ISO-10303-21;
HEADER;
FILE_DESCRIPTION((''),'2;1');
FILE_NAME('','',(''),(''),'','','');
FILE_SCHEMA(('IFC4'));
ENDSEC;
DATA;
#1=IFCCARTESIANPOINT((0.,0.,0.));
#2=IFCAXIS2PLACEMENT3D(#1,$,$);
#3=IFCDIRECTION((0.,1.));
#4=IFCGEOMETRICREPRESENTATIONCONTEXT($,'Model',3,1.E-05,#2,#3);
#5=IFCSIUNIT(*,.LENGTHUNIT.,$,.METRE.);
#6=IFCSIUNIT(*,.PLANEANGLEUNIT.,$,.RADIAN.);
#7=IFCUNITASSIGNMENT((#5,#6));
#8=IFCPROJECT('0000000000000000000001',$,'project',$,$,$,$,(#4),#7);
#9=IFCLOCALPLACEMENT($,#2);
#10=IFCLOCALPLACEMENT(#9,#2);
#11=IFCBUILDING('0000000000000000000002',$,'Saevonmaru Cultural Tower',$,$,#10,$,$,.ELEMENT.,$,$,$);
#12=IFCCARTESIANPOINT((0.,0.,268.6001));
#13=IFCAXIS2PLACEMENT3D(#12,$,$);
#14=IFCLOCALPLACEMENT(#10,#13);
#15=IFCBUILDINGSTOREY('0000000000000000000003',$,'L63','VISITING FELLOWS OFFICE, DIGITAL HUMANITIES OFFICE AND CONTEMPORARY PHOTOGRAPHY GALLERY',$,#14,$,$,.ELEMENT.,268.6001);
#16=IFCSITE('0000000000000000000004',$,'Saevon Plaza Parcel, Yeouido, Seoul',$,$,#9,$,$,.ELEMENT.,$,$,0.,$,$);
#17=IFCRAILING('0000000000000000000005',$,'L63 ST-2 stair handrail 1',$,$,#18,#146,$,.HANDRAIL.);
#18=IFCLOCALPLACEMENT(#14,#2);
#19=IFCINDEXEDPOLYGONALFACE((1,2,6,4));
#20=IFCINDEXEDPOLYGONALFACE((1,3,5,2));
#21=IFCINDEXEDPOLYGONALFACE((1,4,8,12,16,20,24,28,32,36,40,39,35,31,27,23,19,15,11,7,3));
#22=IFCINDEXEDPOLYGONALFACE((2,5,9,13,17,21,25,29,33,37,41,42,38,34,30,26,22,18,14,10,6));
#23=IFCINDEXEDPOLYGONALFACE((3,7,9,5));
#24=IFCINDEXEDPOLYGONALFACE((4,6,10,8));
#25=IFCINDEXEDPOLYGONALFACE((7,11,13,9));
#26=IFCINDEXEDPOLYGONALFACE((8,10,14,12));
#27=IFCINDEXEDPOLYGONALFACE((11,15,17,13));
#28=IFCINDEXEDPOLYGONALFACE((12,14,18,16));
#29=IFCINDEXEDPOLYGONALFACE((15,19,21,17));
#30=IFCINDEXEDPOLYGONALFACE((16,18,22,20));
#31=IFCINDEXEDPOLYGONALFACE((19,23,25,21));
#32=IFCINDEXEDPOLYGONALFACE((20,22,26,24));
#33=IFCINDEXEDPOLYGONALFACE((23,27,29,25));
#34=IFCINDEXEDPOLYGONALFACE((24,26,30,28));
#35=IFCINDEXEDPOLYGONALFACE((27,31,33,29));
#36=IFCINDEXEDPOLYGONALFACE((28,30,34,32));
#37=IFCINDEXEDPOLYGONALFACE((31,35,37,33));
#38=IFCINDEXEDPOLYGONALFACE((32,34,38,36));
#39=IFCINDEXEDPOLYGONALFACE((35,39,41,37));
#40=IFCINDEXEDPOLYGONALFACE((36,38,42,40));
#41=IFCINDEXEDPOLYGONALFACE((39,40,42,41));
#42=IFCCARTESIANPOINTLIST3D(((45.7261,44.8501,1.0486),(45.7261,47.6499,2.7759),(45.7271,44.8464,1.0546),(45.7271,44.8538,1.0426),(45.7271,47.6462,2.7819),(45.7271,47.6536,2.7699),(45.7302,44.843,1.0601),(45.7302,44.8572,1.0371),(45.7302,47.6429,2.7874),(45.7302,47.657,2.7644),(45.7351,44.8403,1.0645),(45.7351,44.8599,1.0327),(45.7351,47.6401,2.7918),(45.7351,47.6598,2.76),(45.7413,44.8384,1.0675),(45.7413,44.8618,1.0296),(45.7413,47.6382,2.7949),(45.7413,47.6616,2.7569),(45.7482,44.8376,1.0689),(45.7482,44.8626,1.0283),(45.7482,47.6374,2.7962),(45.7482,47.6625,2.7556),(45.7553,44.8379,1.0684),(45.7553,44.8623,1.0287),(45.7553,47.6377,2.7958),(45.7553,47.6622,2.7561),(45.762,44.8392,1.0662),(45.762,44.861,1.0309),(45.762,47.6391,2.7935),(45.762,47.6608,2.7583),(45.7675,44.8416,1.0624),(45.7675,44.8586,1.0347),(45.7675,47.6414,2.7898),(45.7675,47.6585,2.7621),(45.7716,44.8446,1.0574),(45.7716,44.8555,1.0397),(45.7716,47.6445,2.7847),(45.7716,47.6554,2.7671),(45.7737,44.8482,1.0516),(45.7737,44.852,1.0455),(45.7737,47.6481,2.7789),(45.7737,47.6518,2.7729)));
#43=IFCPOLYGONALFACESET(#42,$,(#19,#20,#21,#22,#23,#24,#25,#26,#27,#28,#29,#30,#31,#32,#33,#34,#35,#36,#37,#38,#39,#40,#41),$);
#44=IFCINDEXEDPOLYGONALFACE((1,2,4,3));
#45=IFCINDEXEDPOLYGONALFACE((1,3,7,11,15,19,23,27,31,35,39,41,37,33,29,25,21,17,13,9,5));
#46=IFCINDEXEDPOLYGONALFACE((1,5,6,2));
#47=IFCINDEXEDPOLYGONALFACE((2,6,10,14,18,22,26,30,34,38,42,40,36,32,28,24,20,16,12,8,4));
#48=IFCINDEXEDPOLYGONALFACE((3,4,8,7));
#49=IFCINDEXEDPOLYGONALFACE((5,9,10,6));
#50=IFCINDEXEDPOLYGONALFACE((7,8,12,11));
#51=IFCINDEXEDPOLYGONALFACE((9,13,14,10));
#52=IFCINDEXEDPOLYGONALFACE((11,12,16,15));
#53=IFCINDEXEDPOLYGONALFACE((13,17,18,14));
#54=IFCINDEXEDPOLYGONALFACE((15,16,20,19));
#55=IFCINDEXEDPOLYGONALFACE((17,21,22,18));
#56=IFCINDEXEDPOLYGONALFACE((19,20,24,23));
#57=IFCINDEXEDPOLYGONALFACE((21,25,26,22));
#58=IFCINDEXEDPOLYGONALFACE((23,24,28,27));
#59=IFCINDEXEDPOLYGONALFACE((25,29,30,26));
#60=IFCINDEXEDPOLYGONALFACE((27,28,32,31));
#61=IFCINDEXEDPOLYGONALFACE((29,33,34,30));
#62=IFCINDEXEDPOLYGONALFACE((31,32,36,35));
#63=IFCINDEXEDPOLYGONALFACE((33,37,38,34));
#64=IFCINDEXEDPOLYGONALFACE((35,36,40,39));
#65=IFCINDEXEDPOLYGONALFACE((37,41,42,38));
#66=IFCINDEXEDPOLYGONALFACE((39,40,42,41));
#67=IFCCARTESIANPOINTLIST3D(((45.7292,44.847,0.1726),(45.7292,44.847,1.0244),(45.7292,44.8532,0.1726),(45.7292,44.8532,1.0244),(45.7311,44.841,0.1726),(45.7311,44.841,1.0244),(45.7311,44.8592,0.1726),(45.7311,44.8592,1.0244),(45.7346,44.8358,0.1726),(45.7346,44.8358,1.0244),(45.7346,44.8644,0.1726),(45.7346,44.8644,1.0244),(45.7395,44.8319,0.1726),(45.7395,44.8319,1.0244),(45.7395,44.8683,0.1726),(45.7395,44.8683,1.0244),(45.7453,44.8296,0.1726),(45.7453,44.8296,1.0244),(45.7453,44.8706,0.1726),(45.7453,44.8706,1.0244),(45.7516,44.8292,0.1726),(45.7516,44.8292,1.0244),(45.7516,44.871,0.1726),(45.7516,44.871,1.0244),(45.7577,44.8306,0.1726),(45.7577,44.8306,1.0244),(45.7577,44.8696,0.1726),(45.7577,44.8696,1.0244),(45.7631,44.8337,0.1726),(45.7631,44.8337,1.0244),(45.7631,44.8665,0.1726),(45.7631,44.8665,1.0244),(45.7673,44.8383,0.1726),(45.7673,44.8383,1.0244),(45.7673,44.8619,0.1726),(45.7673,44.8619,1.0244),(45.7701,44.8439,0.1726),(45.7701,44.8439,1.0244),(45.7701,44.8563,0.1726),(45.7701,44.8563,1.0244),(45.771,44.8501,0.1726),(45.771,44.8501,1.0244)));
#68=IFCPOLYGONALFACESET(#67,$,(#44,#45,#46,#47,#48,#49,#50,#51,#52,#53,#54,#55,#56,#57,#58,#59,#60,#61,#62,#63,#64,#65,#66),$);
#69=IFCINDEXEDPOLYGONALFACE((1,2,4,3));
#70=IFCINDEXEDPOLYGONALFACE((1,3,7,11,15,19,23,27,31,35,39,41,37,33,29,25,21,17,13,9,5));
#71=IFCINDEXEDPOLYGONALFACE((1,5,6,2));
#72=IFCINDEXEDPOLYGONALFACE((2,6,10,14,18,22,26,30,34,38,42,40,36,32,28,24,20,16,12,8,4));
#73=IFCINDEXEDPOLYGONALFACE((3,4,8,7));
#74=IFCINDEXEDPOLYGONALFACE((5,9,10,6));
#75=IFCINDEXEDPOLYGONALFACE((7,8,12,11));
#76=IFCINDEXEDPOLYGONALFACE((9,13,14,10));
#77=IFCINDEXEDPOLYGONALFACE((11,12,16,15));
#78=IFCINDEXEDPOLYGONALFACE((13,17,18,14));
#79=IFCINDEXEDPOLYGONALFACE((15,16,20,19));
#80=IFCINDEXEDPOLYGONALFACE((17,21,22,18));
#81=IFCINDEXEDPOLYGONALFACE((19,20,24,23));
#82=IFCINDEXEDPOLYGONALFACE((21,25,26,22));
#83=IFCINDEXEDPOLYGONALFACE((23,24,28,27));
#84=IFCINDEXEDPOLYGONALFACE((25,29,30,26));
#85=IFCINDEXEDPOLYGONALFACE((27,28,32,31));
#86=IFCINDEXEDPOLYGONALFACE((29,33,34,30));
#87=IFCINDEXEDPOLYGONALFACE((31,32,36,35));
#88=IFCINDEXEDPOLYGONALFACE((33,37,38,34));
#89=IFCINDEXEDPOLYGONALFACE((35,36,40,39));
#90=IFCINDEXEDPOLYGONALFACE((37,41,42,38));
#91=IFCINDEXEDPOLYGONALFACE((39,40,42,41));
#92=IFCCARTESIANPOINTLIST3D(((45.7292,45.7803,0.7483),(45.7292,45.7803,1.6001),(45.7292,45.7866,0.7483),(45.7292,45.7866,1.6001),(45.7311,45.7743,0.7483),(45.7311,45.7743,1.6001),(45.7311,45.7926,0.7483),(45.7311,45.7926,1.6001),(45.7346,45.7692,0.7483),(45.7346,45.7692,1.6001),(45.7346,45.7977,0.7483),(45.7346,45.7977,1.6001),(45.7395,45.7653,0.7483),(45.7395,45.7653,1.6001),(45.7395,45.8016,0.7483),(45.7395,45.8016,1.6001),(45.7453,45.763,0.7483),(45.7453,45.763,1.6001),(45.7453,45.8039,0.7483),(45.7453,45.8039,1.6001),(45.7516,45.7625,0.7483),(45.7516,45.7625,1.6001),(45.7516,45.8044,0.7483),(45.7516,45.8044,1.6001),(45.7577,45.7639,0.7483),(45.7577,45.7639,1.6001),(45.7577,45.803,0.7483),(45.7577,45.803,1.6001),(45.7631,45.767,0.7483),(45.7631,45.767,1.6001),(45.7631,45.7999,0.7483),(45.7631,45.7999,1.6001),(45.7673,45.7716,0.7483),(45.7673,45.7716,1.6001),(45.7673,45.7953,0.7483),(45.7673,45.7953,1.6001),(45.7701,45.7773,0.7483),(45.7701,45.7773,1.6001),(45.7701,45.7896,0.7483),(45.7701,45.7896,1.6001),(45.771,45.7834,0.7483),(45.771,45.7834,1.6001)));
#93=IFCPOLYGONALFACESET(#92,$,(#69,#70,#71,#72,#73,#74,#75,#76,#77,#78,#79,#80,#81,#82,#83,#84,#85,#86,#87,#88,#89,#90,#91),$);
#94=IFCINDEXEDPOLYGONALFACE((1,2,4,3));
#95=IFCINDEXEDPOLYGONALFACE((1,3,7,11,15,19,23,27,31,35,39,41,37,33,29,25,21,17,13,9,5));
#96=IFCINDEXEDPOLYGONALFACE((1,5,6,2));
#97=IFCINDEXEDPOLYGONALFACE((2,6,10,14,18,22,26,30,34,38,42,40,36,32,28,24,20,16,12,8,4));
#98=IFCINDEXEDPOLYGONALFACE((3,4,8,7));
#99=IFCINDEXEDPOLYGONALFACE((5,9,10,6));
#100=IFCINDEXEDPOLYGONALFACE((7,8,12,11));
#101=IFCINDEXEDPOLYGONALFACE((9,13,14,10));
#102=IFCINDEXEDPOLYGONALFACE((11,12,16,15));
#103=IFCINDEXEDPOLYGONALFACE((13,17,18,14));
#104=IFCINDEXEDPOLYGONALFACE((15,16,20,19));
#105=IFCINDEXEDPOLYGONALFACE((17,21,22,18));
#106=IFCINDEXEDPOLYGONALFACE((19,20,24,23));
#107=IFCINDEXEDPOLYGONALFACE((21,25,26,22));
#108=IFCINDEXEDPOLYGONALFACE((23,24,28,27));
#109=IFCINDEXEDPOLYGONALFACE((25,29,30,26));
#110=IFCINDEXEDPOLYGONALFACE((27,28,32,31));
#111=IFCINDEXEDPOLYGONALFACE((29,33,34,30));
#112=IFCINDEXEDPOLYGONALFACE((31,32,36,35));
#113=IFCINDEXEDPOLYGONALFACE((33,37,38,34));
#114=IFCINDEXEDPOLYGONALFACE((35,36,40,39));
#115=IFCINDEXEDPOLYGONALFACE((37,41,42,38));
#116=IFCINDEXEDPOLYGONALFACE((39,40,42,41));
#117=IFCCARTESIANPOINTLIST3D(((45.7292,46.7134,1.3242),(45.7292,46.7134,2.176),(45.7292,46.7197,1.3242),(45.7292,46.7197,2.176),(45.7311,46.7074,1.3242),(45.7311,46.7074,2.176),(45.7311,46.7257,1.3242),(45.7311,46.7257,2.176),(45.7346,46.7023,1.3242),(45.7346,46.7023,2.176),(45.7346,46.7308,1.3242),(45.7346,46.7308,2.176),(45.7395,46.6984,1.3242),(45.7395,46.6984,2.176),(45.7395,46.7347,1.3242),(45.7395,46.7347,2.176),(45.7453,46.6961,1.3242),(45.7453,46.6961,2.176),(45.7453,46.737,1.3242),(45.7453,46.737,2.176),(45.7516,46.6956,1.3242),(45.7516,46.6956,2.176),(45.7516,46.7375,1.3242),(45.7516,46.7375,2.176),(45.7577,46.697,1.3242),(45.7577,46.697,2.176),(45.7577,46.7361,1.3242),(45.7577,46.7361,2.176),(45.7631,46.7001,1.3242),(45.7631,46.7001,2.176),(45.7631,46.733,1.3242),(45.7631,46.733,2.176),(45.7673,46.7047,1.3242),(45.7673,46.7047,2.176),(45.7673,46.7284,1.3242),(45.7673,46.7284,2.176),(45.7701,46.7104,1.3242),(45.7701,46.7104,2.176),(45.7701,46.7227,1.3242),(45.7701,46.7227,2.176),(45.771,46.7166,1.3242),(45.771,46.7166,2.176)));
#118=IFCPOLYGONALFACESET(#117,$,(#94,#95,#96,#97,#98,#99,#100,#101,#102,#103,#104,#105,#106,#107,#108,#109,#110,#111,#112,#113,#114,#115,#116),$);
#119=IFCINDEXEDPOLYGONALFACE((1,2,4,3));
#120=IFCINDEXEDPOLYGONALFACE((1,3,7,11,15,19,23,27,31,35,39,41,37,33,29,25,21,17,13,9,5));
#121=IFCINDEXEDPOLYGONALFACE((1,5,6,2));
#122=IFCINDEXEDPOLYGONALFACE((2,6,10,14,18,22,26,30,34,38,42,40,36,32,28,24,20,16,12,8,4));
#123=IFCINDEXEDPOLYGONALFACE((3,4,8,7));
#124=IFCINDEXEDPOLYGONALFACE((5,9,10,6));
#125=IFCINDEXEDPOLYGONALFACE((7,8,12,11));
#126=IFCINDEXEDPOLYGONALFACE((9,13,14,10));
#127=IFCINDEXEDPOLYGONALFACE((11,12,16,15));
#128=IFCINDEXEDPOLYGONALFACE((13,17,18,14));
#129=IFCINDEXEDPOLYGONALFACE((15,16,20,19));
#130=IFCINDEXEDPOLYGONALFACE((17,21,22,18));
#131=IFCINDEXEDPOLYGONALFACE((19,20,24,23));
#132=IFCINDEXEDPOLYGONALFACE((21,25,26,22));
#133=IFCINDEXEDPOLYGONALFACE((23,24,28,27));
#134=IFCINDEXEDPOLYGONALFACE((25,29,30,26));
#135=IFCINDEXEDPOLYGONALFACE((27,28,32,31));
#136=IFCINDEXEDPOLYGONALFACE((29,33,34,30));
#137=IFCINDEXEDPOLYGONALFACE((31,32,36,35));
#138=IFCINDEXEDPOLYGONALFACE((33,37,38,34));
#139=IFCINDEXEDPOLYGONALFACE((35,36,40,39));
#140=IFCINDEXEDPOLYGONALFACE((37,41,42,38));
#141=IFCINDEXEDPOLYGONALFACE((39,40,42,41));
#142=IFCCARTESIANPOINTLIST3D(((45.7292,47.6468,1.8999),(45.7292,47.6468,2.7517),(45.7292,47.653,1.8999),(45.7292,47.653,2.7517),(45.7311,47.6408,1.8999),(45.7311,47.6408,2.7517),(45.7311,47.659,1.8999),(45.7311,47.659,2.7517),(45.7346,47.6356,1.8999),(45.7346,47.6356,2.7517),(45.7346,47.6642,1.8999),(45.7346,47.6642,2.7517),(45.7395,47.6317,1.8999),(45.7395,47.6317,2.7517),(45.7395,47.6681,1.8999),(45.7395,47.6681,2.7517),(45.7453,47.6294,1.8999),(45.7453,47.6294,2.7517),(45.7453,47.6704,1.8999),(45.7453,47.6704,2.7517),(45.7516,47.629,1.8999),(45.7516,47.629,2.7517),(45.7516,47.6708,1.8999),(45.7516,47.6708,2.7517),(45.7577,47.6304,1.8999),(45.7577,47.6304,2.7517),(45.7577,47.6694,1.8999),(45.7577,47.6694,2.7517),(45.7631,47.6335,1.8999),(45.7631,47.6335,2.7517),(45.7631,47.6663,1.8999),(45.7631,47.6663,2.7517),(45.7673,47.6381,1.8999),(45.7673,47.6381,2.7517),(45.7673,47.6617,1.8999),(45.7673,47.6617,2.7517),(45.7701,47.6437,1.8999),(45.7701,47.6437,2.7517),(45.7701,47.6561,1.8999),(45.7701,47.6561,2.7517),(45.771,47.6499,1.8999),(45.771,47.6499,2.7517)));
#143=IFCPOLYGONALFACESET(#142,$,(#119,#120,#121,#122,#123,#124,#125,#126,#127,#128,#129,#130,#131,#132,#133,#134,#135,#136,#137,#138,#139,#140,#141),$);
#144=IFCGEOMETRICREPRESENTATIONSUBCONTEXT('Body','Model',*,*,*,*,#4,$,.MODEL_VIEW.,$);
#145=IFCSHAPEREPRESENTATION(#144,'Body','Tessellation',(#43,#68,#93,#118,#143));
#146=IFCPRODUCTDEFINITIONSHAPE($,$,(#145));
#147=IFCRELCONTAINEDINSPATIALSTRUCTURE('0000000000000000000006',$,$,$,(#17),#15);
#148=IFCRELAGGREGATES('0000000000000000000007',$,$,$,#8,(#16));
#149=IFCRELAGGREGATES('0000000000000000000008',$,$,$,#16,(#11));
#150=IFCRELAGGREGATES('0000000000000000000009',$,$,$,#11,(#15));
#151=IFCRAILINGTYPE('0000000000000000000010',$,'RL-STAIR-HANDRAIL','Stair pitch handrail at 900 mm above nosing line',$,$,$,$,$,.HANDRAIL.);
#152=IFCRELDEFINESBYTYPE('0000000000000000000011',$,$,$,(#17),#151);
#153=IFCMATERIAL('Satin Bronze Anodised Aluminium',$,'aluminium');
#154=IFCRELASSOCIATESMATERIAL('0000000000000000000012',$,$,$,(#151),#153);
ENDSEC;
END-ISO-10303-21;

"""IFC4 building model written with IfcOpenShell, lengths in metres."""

from ifc_helpers import new_model, si_unit, direction, frame, origin, origin_2d, place, context, subcontext, project, spatial, circle, extrude, material, type_object, element, save


model = new_model("IFC4")

# Units and contexts
model_context = context("Model", 3, precision=1e-05, world=origin(), true_north=direction((0.0, 1.0)))
body_context = subcontext(model_context, "Body", "Model", "MODEL_VIEW")
ifc_project = project(units=[si_unit("LENGTHUNIT", "METRE"), si_unit("PLANEANGLEUNIT", "RADIAN")], contexts=[model_context])

# Site, building, storey
site_placement = place(None, origin())
site = spatial("IfcSite", under=ifc_project, at=site_placement, Name="Saevon Plaza Parcel, Yeouido, Seoul", CompositionType="ELEMENT", RefElevation=0.0)
building_placement = place(site_placement, origin())
building = spatial("IfcBuilding", under=site, at=building_placement, Name="Saevonmaru Cultural Tower", CompositionType="ELEMENT")
storey_placement = place(building_placement, frame((0.0, 0.0, 268.6001)))
storey = spatial("IfcBuildingStorey", under=building, at=storey_placement, Name="L63", Description="VISITING FELLOWS OFFICE, DIGITAL HUMANITIES OFFICE AND CONTEMPORARY PHOTOGRAPHY GALLERY", CompositionType="ELEMENT", Elevation=268.6001)

# Shared definitions
ifc_material_1 = material(Name="Satin Bronze Anodised Aluminium", Category="aluminium")

# Railing
railing_type_1 = type_object("IfcRailingType", Name="RL-STAIR-HANDRAIL", Description="Stair pitch handrail at 900 mm above nosing line", PredefinedType="HANDRAIL", material=ifc_material_1)
railing_1_placement = place(storey_placement, frame((45.75, 44.8501, 0.1726)))
element("IfcRailing", 1, at=railing_1_placement, inside=storey, type_object=railing_type_1, Name="L63 ST-2 stair handrail 1", PredefinedType="HANDRAIL", context=body_context, shape_type="SweptSolid", body=[
    extrude(circle(Radius=0.0239, at=origin_2d()), frame((0.0, 0.0, 0.876), z_axis=(0.0, 0.851069, 0.525054), x_axis=(-1.0, 0.0, 0.0)), (0.0, 0.0, 1.0), 3.2898),
    extrude(circle(Radius=0.021, at=origin_2d()), origin(), (0.0, 0.0, 1.0), 0.8518),
    extrude(circle(Radius=0.021, at=origin_2d()), frame((0.0, 0.9333, 0.5757)), (0.0, 0.0, 1.0), 0.8518),
    extrude(circle(Radius=0.021, at=origin_2d()), frame((0.0, 1.8665, 1.1516)), (0.0, 0.0, 1.0), 0.8518),
    extrude(circle(Radius=0.021, at=origin_2d()), frame((0.0, 2.7998, 1.7273)), (0.0, 0.0, 1.0), 0.8518),
])

save(model, "model.ifc")
